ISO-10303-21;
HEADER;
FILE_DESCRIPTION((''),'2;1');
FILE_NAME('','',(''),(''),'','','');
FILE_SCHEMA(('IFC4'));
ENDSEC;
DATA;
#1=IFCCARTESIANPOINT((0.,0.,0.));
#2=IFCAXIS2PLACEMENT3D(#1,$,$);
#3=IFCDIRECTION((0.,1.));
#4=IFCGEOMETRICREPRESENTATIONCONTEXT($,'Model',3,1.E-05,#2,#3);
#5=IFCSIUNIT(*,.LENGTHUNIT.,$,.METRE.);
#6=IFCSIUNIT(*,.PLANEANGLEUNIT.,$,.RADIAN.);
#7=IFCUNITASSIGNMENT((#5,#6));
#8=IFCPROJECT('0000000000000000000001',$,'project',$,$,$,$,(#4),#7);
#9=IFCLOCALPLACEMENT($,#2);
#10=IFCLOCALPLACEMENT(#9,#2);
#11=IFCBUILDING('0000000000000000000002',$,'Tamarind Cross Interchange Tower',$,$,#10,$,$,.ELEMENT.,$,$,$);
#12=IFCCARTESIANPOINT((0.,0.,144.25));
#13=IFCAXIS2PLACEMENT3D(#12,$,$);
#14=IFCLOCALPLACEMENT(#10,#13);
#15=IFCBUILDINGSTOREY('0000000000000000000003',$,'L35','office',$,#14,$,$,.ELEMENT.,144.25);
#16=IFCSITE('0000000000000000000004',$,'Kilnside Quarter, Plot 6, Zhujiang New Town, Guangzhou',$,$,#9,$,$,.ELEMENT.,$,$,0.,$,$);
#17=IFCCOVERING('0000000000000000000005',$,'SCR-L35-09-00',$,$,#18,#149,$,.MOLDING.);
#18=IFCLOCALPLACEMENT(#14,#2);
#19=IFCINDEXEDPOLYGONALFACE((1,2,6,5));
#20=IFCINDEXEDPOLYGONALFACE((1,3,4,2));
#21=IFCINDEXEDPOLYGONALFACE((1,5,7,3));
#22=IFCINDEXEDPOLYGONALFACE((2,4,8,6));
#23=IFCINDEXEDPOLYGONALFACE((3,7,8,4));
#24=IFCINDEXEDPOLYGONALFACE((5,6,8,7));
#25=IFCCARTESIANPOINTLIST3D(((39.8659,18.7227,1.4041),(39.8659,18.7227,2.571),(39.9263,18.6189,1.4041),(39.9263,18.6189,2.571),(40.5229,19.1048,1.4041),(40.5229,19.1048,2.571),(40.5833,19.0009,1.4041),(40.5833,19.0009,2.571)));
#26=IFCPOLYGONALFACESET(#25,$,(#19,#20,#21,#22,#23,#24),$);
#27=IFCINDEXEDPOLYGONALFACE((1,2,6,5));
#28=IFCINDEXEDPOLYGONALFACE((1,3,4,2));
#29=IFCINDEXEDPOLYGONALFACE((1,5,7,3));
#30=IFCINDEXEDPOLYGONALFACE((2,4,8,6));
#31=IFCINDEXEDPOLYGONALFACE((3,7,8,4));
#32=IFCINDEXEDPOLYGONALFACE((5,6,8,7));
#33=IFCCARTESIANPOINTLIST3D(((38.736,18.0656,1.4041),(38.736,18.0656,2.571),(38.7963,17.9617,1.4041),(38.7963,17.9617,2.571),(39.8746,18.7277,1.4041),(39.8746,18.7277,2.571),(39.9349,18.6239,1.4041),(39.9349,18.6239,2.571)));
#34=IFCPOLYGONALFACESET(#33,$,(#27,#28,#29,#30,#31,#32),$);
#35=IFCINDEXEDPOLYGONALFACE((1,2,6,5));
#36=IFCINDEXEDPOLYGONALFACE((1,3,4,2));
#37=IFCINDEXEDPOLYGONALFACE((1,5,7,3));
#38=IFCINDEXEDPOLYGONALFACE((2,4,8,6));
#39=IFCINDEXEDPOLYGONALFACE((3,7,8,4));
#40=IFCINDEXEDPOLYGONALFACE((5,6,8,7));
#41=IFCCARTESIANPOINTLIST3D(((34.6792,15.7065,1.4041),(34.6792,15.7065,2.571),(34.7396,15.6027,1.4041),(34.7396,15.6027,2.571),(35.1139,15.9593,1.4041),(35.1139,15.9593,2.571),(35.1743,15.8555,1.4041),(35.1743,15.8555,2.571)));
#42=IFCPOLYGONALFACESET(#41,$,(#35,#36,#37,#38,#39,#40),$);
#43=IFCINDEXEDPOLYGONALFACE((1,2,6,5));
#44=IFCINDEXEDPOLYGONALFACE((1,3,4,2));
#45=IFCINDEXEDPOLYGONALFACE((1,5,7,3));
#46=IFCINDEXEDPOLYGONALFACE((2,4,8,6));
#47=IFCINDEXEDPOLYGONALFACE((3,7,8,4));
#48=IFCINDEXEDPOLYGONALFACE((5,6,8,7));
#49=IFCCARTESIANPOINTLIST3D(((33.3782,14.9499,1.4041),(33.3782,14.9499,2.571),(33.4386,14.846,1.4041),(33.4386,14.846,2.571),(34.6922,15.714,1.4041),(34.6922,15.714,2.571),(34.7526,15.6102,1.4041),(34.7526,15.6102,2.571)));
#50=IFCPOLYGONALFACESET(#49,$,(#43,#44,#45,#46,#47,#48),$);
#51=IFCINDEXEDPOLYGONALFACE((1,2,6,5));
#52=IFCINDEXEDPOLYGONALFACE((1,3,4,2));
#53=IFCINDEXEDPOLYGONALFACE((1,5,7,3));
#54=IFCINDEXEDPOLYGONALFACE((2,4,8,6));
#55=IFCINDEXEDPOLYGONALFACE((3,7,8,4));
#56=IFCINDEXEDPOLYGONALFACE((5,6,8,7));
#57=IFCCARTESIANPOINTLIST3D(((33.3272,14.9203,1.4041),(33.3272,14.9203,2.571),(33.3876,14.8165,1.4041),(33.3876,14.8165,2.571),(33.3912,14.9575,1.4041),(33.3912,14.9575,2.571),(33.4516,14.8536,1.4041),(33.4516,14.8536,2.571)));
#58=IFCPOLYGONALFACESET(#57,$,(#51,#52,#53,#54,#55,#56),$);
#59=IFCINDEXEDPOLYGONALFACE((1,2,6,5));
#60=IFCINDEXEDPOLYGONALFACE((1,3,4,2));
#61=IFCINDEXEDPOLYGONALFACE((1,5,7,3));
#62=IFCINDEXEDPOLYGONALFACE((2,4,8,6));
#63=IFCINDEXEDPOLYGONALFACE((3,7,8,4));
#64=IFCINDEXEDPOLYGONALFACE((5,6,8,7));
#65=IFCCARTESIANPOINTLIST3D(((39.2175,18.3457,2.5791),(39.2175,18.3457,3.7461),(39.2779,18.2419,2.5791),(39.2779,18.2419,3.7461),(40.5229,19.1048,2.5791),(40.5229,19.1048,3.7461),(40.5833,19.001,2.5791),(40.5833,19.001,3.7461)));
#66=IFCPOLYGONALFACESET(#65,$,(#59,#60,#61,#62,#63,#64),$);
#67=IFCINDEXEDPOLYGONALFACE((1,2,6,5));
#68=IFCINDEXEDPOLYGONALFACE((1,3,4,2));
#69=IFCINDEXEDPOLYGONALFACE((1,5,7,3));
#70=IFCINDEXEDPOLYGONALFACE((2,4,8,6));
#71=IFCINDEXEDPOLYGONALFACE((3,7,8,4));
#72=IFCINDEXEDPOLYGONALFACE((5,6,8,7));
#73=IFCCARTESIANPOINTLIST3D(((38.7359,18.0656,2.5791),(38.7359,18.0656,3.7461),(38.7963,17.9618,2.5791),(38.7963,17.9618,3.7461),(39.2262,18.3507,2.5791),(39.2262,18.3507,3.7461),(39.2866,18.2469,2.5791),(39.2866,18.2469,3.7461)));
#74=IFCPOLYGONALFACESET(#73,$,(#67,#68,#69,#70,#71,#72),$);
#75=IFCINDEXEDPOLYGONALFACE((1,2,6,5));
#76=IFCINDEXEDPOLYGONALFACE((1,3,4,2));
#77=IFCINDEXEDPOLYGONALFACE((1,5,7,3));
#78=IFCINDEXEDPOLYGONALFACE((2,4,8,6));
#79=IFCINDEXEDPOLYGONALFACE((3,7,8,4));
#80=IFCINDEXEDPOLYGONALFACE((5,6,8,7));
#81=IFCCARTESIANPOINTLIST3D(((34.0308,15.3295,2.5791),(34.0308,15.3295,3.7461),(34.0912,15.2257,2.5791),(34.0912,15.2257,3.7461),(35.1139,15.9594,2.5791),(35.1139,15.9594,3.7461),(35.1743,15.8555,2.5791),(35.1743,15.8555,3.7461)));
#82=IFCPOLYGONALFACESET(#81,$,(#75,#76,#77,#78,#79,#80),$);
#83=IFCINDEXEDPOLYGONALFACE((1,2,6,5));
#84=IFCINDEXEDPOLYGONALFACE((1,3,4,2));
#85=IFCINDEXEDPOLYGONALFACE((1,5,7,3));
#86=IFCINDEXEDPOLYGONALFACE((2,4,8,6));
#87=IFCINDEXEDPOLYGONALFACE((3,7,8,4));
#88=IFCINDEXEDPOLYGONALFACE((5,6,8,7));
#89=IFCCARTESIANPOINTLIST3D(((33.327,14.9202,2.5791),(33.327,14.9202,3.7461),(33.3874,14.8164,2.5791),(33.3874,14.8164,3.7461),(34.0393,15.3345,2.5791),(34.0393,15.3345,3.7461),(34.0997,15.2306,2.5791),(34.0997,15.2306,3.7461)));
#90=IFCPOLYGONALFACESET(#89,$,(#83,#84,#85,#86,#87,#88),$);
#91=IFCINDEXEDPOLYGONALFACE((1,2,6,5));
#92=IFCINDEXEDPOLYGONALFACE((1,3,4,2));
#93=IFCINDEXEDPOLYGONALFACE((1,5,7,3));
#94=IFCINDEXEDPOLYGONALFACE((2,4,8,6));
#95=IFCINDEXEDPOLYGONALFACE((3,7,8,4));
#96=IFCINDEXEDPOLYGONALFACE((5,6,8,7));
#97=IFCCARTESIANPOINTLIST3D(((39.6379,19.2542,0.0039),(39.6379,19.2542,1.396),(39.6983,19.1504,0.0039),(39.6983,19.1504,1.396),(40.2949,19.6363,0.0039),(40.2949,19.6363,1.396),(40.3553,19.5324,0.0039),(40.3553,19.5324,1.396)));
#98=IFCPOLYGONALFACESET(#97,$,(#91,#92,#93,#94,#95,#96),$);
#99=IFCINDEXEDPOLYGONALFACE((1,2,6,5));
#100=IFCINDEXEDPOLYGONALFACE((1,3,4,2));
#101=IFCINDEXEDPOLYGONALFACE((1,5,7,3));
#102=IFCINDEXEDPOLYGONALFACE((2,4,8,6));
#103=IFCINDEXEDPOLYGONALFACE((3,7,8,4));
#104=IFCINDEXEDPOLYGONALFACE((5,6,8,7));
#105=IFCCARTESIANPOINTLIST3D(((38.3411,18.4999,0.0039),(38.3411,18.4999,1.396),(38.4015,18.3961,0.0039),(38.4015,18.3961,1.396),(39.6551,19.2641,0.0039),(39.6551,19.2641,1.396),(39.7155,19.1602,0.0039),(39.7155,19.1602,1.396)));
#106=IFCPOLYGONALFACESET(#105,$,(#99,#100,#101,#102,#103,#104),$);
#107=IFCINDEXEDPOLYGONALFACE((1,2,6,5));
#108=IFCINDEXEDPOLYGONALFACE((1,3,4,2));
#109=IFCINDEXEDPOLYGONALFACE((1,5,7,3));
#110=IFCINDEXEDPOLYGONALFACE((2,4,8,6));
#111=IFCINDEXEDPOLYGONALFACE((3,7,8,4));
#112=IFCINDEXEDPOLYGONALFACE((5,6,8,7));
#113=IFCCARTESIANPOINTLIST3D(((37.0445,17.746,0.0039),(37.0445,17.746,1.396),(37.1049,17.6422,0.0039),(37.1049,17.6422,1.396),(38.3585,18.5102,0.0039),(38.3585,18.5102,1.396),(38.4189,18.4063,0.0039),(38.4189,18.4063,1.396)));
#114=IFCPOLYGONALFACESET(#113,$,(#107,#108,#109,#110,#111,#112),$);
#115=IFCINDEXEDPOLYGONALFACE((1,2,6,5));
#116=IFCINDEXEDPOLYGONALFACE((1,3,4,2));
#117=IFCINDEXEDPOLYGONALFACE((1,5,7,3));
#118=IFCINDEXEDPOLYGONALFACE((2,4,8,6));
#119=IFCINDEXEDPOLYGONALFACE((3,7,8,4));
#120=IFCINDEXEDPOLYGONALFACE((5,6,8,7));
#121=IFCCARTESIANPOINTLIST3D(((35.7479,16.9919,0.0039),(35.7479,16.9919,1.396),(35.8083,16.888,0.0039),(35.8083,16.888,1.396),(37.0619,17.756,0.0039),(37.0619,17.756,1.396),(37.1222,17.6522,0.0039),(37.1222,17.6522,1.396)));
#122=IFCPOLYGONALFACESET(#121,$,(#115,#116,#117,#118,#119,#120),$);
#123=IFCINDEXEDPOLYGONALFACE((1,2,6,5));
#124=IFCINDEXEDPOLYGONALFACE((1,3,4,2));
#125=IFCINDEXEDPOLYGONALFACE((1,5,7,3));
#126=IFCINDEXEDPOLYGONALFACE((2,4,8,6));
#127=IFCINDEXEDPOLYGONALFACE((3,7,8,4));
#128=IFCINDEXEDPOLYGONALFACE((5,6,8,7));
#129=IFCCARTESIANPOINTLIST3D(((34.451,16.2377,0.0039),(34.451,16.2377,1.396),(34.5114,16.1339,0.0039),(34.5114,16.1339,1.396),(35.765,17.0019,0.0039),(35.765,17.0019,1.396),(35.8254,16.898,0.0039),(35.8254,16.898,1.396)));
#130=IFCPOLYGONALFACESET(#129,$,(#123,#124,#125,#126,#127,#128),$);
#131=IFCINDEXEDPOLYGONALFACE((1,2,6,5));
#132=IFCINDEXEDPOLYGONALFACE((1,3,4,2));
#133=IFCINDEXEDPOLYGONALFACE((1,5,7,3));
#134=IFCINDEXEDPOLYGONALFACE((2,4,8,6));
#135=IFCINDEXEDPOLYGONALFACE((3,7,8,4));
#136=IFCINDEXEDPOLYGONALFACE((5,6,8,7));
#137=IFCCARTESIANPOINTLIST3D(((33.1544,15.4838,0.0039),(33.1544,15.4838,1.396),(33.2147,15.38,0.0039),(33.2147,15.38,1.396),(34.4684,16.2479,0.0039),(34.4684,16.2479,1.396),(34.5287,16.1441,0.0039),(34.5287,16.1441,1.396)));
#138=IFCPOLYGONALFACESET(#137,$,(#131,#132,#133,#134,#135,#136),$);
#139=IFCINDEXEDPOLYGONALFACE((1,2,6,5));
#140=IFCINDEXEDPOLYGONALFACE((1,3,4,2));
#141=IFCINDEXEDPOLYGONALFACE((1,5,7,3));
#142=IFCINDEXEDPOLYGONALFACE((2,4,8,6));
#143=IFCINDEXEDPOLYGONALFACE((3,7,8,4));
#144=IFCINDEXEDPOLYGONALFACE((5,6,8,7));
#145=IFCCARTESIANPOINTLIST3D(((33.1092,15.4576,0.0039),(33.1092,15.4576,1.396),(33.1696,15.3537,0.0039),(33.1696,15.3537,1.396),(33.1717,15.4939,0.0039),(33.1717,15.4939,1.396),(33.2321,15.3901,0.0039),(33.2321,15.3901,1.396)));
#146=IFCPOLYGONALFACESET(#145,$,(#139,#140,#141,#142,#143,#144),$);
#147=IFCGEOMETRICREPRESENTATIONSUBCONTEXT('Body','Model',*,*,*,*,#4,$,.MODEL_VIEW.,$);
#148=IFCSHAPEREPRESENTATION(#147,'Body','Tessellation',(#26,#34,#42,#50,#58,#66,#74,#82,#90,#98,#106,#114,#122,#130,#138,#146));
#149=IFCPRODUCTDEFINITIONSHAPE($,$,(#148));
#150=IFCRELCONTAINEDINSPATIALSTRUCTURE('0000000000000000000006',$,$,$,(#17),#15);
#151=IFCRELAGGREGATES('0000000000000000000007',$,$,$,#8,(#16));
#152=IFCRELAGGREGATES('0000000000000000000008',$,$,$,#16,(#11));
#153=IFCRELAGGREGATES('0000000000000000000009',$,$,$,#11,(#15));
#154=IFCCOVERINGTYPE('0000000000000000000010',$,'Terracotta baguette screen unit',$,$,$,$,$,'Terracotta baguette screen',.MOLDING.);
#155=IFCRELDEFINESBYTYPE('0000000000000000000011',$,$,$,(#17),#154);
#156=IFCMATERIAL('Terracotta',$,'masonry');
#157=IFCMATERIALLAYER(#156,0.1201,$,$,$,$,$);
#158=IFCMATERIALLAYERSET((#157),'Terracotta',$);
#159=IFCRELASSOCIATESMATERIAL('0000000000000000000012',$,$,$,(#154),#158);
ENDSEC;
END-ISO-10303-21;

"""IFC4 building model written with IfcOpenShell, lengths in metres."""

from ifc_helpers import new_model, si_unit, direction, frame, origin, origin_2d, place, context, subcontext, project, spatial, rectangle, extrude, material, layer, layer_set, type_object, element, save


model = new_model("IFC4")

# Units and contexts
model_context = context("Model", 3, precision=1e-05, world=origin(), true_north=direction((0.0, 1.0)))
body_context = subcontext(model_context, "Body", "Model", "MODEL_VIEW")
ifc_project = project(units=[si_unit("LENGTHUNIT", "METRE"), si_unit("PLANEANGLEUNIT", "RADIAN")], contexts=[model_context])

# Site, building, storey
site_placement = place(None, origin())
site = spatial("IfcSite", under=ifc_project, at=site_placement, Name="Kilnside Quarter, Plot 6, Zhujiang New Town, Guangzhou", CompositionType="ELEMENT", RefElevation=0.0)
building_placement = place(site_placement, origin())
building = spatial("IfcBuilding", under=site, at=building_placement, Name="Tamarind Cross Interchange Tower", CompositionType="ELEMENT")
storey_placement = place(building_placement, frame((0.0, 0.0, 144.25)))
storey = spatial("IfcBuildingStorey", under=building, at=storey_placement, Name="L35", Description="office", CompositionType="ELEMENT", Elevation=144.25)

# Covering
ifc_material_1 = material(Name="Terracotta", Category="masonry")
ifc_layer_1 = layer(ifc_material_1, 0.1201)
ifc_layer_set_1 = layer_set([ifc_layer_1], Name="Terracotta")
covering_type = type_object("IfcCoveringType", Name="Terracotta baguette screen unit", ElementType="Terracotta baguette screen", PredefinedType="MOLDING", material=ifc_layer_set_1)
covering_1_placement = place(storey_placement, origin())
element("IfcCovering", 1, at=covering_1_placement, inside=storey, type_object=covering_type, Name="SCR-L35-09-00", PredefinedType="MOLDING", context=body_context, shape_type="SweptSolid", body=[
    extrude(rectangle(XDim=0.76, YDim=0.1201, at=origin_2d()), frame((40.2246, 18.8618, 1.4041), z_axis=(0.0, 0.0, 1.0), x_axis=(-0.864456, -0.502708, 0.0)), (0.0, 0.0, 1.0), 1.167),
    extrude(rectangle(XDim=1.3171, YDim=0.1201, at=origin_2d()), frame((39.3354, 18.3447, 1.4041), z_axis=(0.0, 0.0, 1.0), x_axis=(-0.864456, -0.502708, 0.0)), (0.0, 0.0, 1.0), 1.167),
    extrude(rectangle(XDim=0.5029, YDim=0.1201, at=origin_2d()), frame((34.9268, 15.781, 1.4041), z_axis=(0.0, 0.0, 1.0), x_axis=(-0.864456, -0.502708, 0.0)), (0.0, 0.0, 1.0), 1.167),
    extrude(rectangle(XDim=1.52, YDim=0.1201, at=origin_2d()), frame((34.0654, 15.28, 1.4041), z_axis=(0.0, 0.0, 1.0), x_axis=(-0.864456, -0.502708, 0.0)), (0.0, 0.0, 1.0), 1.167),
    extrude(rectangle(XDim=0.074, YDim=0.1201, at=origin_2d()), frame((33.3894, 14.887, 1.4041), z_axis=(0.0, 0.0, 1.0), x_axis=(-0.864456, -0.502708, 0.0)), (0.0, 0.0, 1.0), 1.167),
    extrude(rectangle(XDim=1.51, YDim=0.1201, at=origin_2d()), frame((39.9004, 18.6733, 2.5791), z_axis=(0.0, 0.0, 1.0), x_axis=(-0.864456, -0.502708, 0.0)), (0.0, 0.0, 1.0), 1.167),
    extrude(rectangle(XDim=0.5671, YDim=0.1201, at=origin_2d()), frame((39.0112, 18.1562, 2.5791), z_axis=(0.0, 0.0, 1.0), x_axis=(-0.864456, -0.502708, 0.0)), (0.0, 0.0, 1.0), 1.167),
    extrude(rectangle(XDim=1.2529, YDim=0.1201, at=origin_2d()), frame((34.6025, 15.5925, 2.5791), z_axis=(0.0, 0.0, 1.0), x_axis=(-0.864456, -0.502708, 0.0)), (0.0, 0.0, 1.0), 1.167),
    extrude(rectangle(XDim=0.824, YDim=0.1201, at=origin_2d()), frame((33.7134, 15.0754, 2.5791), z_axis=(0.0, 0.0, 1.0), x_axis=(-0.864456, -0.502708, 0.0)), (0.0, 0.0, 1.0), 1.167),
    extrude(rectangle(XDim=0.76, YDim=0.1201, at=origin_2d()), frame((39.9966, 19.3933, 0.0039), z_axis=(0.0, 0.0, 1.0), x_axis=(-0.864456, -0.502708, 0.0)), (0.0, 0.0, 1.0), 1.3921),
    extrude(rectangle(XDim=1.52, YDim=0.1201, at=origin_2d()), frame((39.0283, 18.8301, 0.0039), z_axis=(0.0, 0.0, 1.0), x_axis=(-0.864456, -0.502708, 0.0)), (0.0, 0.0, 1.0), 1.3921),
    extrude(rectangle(XDim=1.52, YDim=0.1201, at=origin_2d()), frame((37.7317, 18.0762, 0.0039), z_axis=(0.0, 0.0, 1.0), x_axis=(-0.864456, -0.502708, 0.0)), (0.0, 0.0, 1.0), 1.3921),
    extrude(rectangle(XDim=1.52, YDim=0.1201, at=origin_2d()), frame((36.4351, 17.322, 0.0039), z_axis=(0.0, 0.0, 1.0), x_axis=(-0.864456, -0.502708, 0.0)), (0.0, 0.0, 1.0), 1.3921),
    extrude(rectangle(XDim=1.52, YDim=0.1201, at=origin_2d()), frame((35.1382, 16.5679, 0.0039), z_axis=(0.0, 0.0, 1.0), x_axis=(-0.864456, -0.502708, 0.0)), (0.0, 0.0, 1.0), 1.3921),
    extrude(rectangle(XDim=1.52, YDim=0.1201, at=origin_2d()), frame((33.8416, 15.814, 0.0039), z_axis=(0.0, 0.0, 1.0), x_axis=(-0.864456, -0.502708, 0.0)), (0.0, 0.0, 1.0), 1.3921),
    extrude(rectangle(XDim=0.0723, YDim=0.1201, at=origin_2d()), frame((33.1707, 15.4238, 0.0039), z_axis=(0.0, 0.0, 1.0), x_axis=(-0.864456, -0.502708, 0.0)), (0.0, 0.0, 1.0), 1.3921),
])

save(model, "model.ifc")
